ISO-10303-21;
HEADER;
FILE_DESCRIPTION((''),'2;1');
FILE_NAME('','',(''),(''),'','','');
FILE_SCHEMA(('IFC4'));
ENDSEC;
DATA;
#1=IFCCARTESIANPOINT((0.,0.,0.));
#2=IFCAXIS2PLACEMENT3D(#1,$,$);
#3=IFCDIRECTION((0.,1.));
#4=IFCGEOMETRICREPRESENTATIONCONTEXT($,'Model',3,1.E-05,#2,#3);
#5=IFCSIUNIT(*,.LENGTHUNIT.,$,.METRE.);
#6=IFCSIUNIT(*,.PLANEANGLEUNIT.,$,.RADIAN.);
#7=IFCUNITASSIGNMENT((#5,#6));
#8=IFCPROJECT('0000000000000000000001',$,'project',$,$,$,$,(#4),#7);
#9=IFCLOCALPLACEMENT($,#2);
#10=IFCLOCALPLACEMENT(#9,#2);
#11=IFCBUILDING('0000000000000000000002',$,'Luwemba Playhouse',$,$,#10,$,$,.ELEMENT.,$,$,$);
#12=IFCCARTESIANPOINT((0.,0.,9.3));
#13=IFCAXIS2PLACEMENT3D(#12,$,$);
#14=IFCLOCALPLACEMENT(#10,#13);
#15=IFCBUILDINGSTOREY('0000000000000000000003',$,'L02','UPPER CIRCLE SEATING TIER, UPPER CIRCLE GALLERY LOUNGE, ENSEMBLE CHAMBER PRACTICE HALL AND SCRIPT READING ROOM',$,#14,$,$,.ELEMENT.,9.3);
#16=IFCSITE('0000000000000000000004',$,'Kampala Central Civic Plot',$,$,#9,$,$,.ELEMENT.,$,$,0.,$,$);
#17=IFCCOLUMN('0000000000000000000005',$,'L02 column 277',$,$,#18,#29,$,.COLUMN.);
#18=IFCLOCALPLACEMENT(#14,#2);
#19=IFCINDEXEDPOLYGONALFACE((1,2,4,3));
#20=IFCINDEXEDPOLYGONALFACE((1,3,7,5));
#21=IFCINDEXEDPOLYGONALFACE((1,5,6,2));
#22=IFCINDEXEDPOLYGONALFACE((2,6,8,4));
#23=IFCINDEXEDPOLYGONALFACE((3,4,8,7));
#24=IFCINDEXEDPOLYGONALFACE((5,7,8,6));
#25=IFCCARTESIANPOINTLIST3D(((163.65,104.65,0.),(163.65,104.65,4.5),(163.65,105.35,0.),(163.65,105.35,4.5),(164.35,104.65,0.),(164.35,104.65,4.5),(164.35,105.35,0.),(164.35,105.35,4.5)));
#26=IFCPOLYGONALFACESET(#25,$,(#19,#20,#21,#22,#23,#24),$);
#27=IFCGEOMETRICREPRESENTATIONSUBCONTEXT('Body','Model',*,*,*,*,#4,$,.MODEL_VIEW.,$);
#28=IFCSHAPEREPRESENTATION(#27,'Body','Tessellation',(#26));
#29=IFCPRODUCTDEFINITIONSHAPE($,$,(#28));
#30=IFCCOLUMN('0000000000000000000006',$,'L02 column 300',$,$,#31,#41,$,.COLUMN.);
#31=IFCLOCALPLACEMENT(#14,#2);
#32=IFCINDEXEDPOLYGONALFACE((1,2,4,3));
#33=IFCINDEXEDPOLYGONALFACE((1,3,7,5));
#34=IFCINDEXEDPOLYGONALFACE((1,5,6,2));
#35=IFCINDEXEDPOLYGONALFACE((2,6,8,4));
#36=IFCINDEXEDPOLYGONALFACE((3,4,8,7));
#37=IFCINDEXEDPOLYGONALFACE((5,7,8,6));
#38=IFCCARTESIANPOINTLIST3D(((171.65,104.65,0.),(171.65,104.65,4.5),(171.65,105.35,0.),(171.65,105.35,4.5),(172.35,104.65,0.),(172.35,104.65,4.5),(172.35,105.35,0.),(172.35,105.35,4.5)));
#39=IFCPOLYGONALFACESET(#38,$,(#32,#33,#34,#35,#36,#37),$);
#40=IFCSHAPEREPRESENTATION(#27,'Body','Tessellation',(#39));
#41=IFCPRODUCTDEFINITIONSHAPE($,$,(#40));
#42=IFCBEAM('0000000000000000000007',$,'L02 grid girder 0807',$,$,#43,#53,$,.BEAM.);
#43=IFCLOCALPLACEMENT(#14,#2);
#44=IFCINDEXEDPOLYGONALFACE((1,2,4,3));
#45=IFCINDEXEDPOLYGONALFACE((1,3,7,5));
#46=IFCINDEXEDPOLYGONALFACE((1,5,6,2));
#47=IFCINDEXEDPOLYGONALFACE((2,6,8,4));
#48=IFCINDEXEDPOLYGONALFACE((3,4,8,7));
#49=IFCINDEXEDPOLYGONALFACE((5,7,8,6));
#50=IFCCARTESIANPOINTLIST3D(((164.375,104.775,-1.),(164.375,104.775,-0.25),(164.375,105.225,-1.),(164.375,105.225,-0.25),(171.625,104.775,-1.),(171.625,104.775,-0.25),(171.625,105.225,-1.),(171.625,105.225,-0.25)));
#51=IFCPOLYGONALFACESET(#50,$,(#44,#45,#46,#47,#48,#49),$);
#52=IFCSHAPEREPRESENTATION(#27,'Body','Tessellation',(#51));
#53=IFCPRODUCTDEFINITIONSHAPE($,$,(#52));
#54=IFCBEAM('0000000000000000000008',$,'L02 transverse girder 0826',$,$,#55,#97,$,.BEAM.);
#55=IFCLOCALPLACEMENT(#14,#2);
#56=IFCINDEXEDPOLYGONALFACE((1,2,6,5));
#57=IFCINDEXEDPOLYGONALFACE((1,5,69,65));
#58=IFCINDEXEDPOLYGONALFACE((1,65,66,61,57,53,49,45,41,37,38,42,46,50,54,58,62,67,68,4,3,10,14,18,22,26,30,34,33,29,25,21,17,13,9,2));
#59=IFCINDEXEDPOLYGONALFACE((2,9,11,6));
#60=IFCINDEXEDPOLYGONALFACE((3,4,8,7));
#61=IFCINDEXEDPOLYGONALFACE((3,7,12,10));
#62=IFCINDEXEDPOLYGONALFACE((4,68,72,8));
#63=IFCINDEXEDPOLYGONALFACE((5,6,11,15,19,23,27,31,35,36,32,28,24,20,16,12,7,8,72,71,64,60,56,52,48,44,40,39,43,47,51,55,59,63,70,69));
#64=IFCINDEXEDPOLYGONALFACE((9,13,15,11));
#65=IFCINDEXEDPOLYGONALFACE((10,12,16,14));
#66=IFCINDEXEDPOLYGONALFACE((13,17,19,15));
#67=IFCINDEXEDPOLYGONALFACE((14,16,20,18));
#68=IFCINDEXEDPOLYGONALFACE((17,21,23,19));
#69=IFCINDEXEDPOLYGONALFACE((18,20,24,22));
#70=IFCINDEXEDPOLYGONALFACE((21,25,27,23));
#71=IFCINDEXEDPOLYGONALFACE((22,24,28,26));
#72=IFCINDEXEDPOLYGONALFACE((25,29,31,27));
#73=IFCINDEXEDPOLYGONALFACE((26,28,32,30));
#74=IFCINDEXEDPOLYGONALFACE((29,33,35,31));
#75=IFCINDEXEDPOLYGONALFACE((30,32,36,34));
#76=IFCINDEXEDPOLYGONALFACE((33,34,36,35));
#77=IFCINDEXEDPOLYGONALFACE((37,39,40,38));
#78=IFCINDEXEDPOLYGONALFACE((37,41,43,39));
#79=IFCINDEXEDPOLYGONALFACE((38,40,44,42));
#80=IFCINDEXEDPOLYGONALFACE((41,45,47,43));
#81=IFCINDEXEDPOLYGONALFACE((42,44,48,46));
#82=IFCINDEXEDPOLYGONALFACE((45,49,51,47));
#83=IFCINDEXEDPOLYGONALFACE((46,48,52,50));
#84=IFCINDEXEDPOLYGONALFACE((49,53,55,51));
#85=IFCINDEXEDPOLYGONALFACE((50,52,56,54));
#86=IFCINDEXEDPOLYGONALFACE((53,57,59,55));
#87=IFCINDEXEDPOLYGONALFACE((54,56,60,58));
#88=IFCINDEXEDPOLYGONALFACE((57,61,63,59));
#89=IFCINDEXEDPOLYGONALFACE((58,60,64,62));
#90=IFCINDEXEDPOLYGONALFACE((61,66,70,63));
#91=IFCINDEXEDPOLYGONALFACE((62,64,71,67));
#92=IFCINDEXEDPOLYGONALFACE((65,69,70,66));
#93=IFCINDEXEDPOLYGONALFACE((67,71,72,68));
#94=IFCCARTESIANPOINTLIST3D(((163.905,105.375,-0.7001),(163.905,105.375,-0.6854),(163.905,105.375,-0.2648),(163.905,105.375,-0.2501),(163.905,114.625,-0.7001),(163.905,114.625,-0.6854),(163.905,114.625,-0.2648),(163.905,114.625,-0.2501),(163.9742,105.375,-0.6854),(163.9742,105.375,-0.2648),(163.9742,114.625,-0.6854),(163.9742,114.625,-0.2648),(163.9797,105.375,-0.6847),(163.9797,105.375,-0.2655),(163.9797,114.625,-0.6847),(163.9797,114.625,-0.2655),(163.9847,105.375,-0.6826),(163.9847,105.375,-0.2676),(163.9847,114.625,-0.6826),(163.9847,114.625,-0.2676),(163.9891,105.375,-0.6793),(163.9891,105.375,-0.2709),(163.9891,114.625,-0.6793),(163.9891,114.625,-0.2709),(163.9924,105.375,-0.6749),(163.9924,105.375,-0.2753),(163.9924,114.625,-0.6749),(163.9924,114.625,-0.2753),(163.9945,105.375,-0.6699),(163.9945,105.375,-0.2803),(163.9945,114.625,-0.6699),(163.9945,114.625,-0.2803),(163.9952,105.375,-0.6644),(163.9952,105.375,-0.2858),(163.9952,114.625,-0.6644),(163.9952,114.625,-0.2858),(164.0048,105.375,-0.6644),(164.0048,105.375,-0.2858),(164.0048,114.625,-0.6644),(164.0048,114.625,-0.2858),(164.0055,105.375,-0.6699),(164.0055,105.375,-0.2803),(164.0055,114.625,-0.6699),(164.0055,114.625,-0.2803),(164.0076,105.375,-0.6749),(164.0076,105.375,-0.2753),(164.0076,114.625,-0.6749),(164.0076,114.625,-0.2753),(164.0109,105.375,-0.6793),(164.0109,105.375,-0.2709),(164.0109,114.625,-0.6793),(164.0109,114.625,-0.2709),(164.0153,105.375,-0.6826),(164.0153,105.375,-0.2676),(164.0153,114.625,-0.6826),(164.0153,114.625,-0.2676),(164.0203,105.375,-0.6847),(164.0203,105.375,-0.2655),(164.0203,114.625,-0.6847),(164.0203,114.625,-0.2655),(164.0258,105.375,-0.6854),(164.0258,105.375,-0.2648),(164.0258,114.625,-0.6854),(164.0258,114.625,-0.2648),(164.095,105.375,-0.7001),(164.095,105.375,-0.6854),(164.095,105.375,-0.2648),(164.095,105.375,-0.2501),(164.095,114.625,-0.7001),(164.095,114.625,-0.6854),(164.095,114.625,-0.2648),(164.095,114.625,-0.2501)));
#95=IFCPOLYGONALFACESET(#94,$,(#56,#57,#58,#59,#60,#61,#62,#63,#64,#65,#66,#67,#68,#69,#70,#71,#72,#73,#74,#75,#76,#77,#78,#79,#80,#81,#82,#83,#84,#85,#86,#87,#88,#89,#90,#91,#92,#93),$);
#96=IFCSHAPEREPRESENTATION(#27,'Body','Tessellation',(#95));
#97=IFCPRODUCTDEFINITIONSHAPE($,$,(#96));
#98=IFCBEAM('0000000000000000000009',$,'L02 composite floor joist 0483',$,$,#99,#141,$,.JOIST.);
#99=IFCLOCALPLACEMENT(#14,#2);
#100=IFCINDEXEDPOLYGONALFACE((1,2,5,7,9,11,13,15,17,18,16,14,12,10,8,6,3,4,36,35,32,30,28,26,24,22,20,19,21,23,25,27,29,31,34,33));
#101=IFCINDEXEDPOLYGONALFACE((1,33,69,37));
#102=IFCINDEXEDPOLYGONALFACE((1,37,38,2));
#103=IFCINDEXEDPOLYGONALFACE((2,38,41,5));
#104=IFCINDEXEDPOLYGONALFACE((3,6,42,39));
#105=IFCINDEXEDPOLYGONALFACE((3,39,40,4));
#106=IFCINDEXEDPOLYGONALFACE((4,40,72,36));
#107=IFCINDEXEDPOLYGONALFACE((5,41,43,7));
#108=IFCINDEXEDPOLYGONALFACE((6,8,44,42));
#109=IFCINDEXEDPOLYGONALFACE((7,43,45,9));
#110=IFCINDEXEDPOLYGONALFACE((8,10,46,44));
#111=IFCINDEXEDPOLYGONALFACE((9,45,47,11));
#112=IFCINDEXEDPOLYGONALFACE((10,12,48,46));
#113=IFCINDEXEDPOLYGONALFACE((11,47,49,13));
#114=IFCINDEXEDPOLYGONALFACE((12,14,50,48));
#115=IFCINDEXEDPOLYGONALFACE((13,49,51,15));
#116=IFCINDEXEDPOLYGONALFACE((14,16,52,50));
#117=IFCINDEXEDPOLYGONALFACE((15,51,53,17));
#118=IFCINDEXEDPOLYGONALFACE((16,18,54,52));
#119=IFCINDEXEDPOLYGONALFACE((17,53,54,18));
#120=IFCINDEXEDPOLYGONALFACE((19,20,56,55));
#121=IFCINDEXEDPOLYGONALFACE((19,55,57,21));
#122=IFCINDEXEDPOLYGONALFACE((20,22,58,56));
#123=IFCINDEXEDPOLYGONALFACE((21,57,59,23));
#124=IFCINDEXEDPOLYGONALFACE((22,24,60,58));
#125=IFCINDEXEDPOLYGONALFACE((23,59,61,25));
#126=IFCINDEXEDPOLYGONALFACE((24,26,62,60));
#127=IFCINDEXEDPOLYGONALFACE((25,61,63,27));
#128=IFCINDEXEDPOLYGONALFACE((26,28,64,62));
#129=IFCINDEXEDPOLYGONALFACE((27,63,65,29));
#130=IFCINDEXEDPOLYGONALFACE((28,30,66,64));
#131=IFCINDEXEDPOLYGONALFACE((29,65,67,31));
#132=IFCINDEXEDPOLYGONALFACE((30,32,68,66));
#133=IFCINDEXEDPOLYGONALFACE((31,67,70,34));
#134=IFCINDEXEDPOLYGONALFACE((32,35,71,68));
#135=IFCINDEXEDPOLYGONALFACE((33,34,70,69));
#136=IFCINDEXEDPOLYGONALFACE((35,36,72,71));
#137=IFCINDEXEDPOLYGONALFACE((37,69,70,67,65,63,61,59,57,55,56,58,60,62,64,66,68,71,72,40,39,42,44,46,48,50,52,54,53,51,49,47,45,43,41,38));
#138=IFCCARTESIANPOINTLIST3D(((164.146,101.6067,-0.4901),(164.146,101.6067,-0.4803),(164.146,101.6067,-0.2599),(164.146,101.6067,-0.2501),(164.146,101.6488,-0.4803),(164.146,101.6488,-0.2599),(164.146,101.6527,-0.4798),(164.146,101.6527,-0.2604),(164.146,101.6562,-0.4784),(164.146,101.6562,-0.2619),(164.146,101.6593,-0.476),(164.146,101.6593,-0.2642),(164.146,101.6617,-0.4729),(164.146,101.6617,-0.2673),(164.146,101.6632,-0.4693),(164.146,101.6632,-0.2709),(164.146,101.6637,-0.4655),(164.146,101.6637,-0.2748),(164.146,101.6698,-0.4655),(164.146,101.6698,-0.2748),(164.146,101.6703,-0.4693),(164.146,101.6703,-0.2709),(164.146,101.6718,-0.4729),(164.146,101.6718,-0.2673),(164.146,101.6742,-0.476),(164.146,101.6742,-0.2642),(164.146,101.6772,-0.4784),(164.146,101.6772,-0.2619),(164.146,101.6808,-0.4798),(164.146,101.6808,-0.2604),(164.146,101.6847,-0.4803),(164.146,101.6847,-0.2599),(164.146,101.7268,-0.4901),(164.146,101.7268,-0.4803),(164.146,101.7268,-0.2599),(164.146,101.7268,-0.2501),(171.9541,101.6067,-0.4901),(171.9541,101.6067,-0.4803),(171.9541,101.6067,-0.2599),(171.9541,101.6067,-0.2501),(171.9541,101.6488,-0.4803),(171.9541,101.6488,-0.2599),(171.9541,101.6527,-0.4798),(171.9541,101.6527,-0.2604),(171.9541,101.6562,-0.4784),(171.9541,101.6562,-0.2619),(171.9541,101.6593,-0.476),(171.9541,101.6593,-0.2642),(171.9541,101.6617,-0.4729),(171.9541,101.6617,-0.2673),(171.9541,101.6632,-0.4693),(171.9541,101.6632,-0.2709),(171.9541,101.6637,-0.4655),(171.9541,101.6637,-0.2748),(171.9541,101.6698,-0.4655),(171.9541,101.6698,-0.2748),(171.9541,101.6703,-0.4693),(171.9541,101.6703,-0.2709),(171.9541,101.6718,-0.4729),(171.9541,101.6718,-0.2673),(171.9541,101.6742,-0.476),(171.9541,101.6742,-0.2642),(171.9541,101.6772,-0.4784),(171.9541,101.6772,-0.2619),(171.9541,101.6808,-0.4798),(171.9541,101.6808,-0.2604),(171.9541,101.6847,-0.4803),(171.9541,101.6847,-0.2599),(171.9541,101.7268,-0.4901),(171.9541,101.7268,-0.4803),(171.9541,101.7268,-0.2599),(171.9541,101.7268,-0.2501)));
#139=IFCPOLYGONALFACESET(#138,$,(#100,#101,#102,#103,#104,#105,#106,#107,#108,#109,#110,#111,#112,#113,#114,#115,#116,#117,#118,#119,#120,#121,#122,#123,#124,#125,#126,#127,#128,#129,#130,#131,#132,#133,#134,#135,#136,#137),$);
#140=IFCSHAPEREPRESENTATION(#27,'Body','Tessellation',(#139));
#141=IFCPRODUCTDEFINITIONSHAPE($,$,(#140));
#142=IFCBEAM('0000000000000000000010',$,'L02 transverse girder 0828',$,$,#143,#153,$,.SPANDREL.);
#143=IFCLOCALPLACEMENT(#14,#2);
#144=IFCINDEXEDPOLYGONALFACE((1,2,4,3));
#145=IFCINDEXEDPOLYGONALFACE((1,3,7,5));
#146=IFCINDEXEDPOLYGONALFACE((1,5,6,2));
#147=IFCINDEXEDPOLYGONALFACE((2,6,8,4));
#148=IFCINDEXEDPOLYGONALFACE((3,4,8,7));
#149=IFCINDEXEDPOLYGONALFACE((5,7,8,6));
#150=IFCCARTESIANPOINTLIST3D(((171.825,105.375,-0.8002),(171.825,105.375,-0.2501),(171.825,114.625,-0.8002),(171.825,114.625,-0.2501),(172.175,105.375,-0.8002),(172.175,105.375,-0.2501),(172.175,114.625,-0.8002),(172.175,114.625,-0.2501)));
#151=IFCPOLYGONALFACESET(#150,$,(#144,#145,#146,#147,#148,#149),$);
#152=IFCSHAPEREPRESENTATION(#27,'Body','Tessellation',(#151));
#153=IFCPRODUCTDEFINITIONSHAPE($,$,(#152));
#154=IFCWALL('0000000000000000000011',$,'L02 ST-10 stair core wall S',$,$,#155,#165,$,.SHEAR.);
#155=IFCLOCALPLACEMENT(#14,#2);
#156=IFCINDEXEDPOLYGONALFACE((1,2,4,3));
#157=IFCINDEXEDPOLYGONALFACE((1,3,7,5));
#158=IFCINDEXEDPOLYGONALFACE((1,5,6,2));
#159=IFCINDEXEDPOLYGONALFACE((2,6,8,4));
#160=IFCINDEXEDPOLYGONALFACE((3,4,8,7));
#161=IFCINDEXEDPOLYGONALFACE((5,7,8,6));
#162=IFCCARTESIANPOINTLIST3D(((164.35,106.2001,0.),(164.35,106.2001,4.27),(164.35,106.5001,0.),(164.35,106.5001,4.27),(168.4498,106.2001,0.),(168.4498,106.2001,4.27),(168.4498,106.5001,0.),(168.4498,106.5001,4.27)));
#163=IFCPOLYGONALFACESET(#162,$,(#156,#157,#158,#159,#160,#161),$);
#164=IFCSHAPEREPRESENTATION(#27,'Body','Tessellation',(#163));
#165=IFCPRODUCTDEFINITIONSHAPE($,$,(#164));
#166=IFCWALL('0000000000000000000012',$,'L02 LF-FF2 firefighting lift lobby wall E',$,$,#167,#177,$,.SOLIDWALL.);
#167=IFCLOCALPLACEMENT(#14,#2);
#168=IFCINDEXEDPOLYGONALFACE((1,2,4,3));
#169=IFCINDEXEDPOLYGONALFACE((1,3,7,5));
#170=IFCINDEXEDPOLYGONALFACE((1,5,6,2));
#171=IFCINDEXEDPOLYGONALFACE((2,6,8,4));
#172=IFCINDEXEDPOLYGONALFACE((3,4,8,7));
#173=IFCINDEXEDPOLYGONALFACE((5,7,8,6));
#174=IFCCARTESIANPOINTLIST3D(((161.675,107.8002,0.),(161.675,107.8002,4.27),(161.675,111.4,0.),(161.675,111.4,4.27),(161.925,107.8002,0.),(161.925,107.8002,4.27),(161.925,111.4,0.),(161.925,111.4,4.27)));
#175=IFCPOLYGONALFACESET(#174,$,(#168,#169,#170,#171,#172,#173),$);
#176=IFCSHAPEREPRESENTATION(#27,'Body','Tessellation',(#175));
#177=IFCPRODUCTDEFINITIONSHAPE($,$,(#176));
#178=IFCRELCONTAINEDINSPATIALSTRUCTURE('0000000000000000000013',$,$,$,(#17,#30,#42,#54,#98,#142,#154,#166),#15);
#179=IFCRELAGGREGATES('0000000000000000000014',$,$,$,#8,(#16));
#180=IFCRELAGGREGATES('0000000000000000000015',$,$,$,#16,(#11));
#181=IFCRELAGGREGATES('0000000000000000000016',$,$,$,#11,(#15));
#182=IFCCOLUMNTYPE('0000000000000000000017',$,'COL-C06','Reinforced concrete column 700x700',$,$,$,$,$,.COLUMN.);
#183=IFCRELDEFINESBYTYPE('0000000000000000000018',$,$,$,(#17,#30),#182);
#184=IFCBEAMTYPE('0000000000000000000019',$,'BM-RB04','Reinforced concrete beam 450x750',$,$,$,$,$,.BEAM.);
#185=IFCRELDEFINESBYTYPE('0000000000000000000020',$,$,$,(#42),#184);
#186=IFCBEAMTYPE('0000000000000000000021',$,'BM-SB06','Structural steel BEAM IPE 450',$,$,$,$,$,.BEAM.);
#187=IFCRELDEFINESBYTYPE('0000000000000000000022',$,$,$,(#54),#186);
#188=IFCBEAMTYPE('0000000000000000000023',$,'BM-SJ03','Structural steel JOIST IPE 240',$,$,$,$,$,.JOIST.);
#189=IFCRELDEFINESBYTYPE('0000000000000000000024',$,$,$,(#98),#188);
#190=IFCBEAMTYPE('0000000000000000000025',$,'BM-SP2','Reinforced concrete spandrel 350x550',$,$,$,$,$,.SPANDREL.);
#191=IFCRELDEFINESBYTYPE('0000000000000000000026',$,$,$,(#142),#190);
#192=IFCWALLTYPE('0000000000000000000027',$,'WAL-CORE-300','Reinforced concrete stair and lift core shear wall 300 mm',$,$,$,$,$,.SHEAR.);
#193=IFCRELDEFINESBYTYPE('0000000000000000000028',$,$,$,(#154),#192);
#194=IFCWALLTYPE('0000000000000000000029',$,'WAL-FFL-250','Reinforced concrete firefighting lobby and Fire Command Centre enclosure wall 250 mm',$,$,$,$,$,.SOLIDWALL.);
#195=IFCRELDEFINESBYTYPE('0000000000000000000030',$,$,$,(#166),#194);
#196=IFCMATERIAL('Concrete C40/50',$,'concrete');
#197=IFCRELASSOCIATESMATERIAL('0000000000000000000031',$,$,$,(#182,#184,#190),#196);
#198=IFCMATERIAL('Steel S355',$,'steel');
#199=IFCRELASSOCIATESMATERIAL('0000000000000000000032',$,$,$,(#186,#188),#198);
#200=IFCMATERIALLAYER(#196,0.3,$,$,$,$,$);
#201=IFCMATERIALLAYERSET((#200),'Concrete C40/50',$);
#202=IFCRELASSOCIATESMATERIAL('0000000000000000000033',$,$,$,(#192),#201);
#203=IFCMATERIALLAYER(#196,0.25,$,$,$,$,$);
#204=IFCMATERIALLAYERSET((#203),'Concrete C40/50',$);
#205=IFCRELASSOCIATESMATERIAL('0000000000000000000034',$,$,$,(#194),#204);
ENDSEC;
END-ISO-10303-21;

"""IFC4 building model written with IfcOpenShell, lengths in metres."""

from ifc_helpers import new_model, si_unit, direction, frame, frame_2d, origin, origin_2d, place, context, subcontext, project, spatial, rectangle, i_section, extrude, material, layer, layer_set, material_profile, profile_set, type_object, element, save


model = new_model("IFC4")

# Units and contexts
model_context = context("Model", 3, precision=1e-05, world=origin(), true_north=direction((0.0, 1.0)))
body_context = subcontext(model_context, "Body", "Model", "MODEL_VIEW")
ifc_project = project(units=[si_unit("LENGTHUNIT", "METRE"), si_unit("PLANEANGLEUNIT", "RADIAN")], contexts=[model_context])

# Site, building, storey
site_placement = place(None, origin())
site = spatial("IfcSite", under=ifc_project, at=site_placement, Name="Kampala Central Civic Plot", CompositionType="ELEMENT", RefElevation=0.0)
building_placement = place(site_placement, origin())
building = spatial("IfcBuilding", under=site, at=building_placement, Name="Luwemba Playhouse", CompositionType="ELEMENT")
storey_placement = place(building_placement, frame((0.0, 0.0, 9.3)))
storey = spatial("IfcBuildingStorey", under=building, at=storey_placement, Name="L02", Description="UPPER CIRCLE SEATING TIER, UPPER CIRCLE GALLERY LOUNGE, ENSEMBLE CHAMBER PRACTICE HALL AND SCRIPT READING ROOM", CompositionType="ELEMENT", Elevation=9.3)

# Columns
ifc_material_1 = material(Name="Concrete C40/50", Category="concrete")
ifc_material_profile_1 = material_profile(ifc_material_1, rectangle(XDim=0.7, YDim=0.7, at=origin_2d()))
ifc_profile_set_1 = profile_set([ifc_material_profile_1], Name="Concrete C40/50")
column_type = type_object("IfcColumnType", Name="COL-C06", Description="Reinforced concrete column 700x700", PredefinedType="COLUMN", material=ifc_profile_set_1)
for number, where, z_axis, x_axis, name in (
    (1, (164.0, 105.0, 0.0), (0.0, 0.0, 1.0), (1.0, 0.0, 0.0), "L02 column 277"),
    (2, (172.0, 105.0, 0.0), (0.0, 0.0, 1.0), (1.0, 0.0, 0.0), "L02 column 300"),
):
    element("IfcColumn", number, at=place(storey_placement, frame(where, z_axis=z_axis, x_axis=x_axis)), inside=storey, type_object=column_type, Name=name, PredefinedType="COLUMN", context=body_context, shape_type="SweptSolid", body=[
        extrude(rectangle(XDim=0.7, YDim=0.7, at=origin_2d()), origin(), (0.0, 0.0, 1.0), 4.5),
    ])

# Beams
ifc_material_profile_2 = material_profile(ifc_material_1, rectangle(XDim=0.45, YDim=0.75, at=origin_2d()))
ifc_profile_set_2 = profile_set([ifc_material_profile_2], Name="Concrete C40/50")
beam_type_1 = type_object("IfcBeamType", Name="BM-RB04", Description="Reinforced concrete beam 450x750", PredefinedType="BEAM", material=ifc_profile_set_2)
beam_1_placement = place(storey_placement, frame((164.375, 105.0, -0.625), z_axis=(1.0, 0.0, 0.0), x_axis=(0.0, 1.0, 0.0)))
element("IfcBeam", 3, at=beam_1_placement, inside=storey, type_object=beam_type_1, Name="L02 grid girder 0807", PredefinedType="BEAM", context=body_context, shape_type="SweptSolid", body=[
    extrude(rectangle(XDim=0.45, YDim=0.75, at=origin_2d()), origin(), (0.0, 0.0, 1.0), 7.25),
])
ifc_material_2 = material(Name="Steel S355", Category="steel")
ifc_material_profile_3 = material_profile(ifc_material_2, i_section(OverallWidth=0.1899, OverallDepth=0.45, WebThickness=0.0095, FlangeThickness=0.0146, FilletRadius=0.021, at=origin_2d()))
ifc_profile_set_3 = profile_set([ifc_material_profile_3], Name="Steel S355")
beam_type_2 = type_object("IfcBeamType", Name="BM-SB06", Description="Structural steel BEAM IPE 450", PredefinedType="BEAM", material=ifc_profile_set_3)
beam_2_placement = place(storey_placement, frame((164.0, 105.375, -0.4751), z_axis=(0.0, 1.0, 0.0), x_axis=(-1.0, 0.0, 0.0)))
element("IfcBeam", 4, at=beam_2_placement, inside=storey, type_object=beam_type_2, Name="L02 transverse girder 0826", PredefinedType="BEAM", context=body_context, shape_type="SweptSolid", body=[
    extrude(i_section(OverallWidth=0.1899, OverallDepth=0.45, WebThickness=0.0095, FlangeThickness=0.0146, FilletRadius=0.021, at=origin_2d()), origin(), (0.0, 0.0, 1.0), 9.25),
])
ifc_material_profile_4 = material_profile(ifc_material_2, i_section(OverallWidth=0.1201, OverallDepth=0.24, WebThickness=0.0061, FlangeThickness=0.0098, FilletRadius=0.0149, at=origin_2d()))
ifc_profile_set_4 = profile_set([ifc_material_profile_4], Name="Steel S355")
beam_type_3 = type_object("IfcBeamType", Name="BM-SJ03", Description="Structural steel JOIST IPE 240", PredefinedType="JOIST", material=ifc_profile_set_4)
beam_3_placement = place(storey_placement, frame((164.146, 101.6667, -0.3701), z_axis=(1.0, 0.0, 0.0), x_axis=(0.0, 1.0, 0.0)))
element("IfcBeam", 5, at=beam_3_placement, inside=storey, type_object=beam_type_3, Name="L02 composite floor joist 0483", PredefinedType="JOIST", context=body_context, shape_type="SweptSolid", body=[
    extrude(i_section(OverallWidth=0.1201, OverallDepth=0.24, WebThickness=0.0061, FlangeThickness=0.0098, FilletRadius=0.0149, at=origin_2d()), origin(), (0.0, 0.0, 1.0), 7.8081),
])
ifc_material_profile_5 = material_profile(ifc_material_1, rectangle(XDim=0.3501, YDim=0.55, at=origin_2d()))
ifc_profile_set_5 = profile_set([ifc_material_profile_5], Name="Concrete C40/50")
beam_type_4 = type_object("IfcBeamType", Name="BM-SP2", Description="Reinforced concrete spandrel 350x550", PredefinedType="SPANDREL", material=ifc_profile_set_5)
beam_4_placement = place(storey_placement, frame((172.0, 105.375, -0.5251), z_axis=(0.0, 1.0, 0.0), x_axis=(-1.0, 0.0, 0.0)))
element("IfcBeam", 6, at=beam_4_placement, inside=storey, type_object=beam_type_4, Name="L02 transverse girder 0828", PredefinedType="SPANDREL", context=body_context, shape_type="SweptSolid", body=[
    extrude(rectangle(XDim=0.3501, YDim=0.55, at=origin_2d()), origin(), (0.0, 0.0, 1.0), 9.25),
])

# Wall
ifc_layer_1 = layer(ifc_material_1, 0.3)
ifc_layer_set_1 = layer_set([ifc_layer_1], Name="Concrete C40/50")
wall_type_1 = type_object("IfcWallType", Name="WAL-CORE-300", Description="Reinforced concrete stair and lift core shear wall 300 mm", PredefinedType="SHEAR", material=ifc_layer_set_1)
wall_1_placement = place(storey_placement, frame((164.3501, 106.3501, 0.0), z_axis=(0.0, 0.0, 1.0), x_axis=(1.0, 0.0, 0.0)))
element("IfcWall", 7, at=wall_1_placement, inside=storey, type_object=wall_type_1, Name="L02 ST-10 stair core wall S", PredefinedType="SHEAR", context=body_context, shape_type="SweptSolid", body=[
    extrude(rectangle(XDim=4.0999, YDim=0.3, at=frame_2d((2.0498, 0.0))), origin(), (0.0, 0.0, 1.0), 4.27),
])

# Shared definitions
ifc_layer_2 = layer(ifc_material_1, 0.25)
ifc_layer_set_2 = layer_set([ifc_layer_2], Name="Concrete C40/50")
wall_type_2 = type_object("IfcWallType", Name="WAL-FFL-250", Description="Reinforced concrete firefighting lobby and Fire Command Centre enclosure wall 250 mm", PredefinedType="SOLIDWALL", material=ifc_layer_set_2)

# Wall
wall_2_placement = place(storey_placement, frame((161.8, 111.3999, 0.0), z_axis=(0.0, 0.0, 1.0), x_axis=(0.0, -1.0, 0.0)))
element("IfcWall", 8, at=wall_2_placement, inside=storey, type_object=wall_type_2, Name="L02 LF-FF2 firefighting lift lobby wall E", PredefinedType="SOLIDWALL", context=body_context, shape_type="SweptSolid", body=[
    extrude(rectangle(XDim=3.5999, YDim=0.25, at=frame_2d((1.7998, 0.0))), origin(), (0.0, 0.0, 1.0), 4.27),
])

save(model, "model.ifc")
